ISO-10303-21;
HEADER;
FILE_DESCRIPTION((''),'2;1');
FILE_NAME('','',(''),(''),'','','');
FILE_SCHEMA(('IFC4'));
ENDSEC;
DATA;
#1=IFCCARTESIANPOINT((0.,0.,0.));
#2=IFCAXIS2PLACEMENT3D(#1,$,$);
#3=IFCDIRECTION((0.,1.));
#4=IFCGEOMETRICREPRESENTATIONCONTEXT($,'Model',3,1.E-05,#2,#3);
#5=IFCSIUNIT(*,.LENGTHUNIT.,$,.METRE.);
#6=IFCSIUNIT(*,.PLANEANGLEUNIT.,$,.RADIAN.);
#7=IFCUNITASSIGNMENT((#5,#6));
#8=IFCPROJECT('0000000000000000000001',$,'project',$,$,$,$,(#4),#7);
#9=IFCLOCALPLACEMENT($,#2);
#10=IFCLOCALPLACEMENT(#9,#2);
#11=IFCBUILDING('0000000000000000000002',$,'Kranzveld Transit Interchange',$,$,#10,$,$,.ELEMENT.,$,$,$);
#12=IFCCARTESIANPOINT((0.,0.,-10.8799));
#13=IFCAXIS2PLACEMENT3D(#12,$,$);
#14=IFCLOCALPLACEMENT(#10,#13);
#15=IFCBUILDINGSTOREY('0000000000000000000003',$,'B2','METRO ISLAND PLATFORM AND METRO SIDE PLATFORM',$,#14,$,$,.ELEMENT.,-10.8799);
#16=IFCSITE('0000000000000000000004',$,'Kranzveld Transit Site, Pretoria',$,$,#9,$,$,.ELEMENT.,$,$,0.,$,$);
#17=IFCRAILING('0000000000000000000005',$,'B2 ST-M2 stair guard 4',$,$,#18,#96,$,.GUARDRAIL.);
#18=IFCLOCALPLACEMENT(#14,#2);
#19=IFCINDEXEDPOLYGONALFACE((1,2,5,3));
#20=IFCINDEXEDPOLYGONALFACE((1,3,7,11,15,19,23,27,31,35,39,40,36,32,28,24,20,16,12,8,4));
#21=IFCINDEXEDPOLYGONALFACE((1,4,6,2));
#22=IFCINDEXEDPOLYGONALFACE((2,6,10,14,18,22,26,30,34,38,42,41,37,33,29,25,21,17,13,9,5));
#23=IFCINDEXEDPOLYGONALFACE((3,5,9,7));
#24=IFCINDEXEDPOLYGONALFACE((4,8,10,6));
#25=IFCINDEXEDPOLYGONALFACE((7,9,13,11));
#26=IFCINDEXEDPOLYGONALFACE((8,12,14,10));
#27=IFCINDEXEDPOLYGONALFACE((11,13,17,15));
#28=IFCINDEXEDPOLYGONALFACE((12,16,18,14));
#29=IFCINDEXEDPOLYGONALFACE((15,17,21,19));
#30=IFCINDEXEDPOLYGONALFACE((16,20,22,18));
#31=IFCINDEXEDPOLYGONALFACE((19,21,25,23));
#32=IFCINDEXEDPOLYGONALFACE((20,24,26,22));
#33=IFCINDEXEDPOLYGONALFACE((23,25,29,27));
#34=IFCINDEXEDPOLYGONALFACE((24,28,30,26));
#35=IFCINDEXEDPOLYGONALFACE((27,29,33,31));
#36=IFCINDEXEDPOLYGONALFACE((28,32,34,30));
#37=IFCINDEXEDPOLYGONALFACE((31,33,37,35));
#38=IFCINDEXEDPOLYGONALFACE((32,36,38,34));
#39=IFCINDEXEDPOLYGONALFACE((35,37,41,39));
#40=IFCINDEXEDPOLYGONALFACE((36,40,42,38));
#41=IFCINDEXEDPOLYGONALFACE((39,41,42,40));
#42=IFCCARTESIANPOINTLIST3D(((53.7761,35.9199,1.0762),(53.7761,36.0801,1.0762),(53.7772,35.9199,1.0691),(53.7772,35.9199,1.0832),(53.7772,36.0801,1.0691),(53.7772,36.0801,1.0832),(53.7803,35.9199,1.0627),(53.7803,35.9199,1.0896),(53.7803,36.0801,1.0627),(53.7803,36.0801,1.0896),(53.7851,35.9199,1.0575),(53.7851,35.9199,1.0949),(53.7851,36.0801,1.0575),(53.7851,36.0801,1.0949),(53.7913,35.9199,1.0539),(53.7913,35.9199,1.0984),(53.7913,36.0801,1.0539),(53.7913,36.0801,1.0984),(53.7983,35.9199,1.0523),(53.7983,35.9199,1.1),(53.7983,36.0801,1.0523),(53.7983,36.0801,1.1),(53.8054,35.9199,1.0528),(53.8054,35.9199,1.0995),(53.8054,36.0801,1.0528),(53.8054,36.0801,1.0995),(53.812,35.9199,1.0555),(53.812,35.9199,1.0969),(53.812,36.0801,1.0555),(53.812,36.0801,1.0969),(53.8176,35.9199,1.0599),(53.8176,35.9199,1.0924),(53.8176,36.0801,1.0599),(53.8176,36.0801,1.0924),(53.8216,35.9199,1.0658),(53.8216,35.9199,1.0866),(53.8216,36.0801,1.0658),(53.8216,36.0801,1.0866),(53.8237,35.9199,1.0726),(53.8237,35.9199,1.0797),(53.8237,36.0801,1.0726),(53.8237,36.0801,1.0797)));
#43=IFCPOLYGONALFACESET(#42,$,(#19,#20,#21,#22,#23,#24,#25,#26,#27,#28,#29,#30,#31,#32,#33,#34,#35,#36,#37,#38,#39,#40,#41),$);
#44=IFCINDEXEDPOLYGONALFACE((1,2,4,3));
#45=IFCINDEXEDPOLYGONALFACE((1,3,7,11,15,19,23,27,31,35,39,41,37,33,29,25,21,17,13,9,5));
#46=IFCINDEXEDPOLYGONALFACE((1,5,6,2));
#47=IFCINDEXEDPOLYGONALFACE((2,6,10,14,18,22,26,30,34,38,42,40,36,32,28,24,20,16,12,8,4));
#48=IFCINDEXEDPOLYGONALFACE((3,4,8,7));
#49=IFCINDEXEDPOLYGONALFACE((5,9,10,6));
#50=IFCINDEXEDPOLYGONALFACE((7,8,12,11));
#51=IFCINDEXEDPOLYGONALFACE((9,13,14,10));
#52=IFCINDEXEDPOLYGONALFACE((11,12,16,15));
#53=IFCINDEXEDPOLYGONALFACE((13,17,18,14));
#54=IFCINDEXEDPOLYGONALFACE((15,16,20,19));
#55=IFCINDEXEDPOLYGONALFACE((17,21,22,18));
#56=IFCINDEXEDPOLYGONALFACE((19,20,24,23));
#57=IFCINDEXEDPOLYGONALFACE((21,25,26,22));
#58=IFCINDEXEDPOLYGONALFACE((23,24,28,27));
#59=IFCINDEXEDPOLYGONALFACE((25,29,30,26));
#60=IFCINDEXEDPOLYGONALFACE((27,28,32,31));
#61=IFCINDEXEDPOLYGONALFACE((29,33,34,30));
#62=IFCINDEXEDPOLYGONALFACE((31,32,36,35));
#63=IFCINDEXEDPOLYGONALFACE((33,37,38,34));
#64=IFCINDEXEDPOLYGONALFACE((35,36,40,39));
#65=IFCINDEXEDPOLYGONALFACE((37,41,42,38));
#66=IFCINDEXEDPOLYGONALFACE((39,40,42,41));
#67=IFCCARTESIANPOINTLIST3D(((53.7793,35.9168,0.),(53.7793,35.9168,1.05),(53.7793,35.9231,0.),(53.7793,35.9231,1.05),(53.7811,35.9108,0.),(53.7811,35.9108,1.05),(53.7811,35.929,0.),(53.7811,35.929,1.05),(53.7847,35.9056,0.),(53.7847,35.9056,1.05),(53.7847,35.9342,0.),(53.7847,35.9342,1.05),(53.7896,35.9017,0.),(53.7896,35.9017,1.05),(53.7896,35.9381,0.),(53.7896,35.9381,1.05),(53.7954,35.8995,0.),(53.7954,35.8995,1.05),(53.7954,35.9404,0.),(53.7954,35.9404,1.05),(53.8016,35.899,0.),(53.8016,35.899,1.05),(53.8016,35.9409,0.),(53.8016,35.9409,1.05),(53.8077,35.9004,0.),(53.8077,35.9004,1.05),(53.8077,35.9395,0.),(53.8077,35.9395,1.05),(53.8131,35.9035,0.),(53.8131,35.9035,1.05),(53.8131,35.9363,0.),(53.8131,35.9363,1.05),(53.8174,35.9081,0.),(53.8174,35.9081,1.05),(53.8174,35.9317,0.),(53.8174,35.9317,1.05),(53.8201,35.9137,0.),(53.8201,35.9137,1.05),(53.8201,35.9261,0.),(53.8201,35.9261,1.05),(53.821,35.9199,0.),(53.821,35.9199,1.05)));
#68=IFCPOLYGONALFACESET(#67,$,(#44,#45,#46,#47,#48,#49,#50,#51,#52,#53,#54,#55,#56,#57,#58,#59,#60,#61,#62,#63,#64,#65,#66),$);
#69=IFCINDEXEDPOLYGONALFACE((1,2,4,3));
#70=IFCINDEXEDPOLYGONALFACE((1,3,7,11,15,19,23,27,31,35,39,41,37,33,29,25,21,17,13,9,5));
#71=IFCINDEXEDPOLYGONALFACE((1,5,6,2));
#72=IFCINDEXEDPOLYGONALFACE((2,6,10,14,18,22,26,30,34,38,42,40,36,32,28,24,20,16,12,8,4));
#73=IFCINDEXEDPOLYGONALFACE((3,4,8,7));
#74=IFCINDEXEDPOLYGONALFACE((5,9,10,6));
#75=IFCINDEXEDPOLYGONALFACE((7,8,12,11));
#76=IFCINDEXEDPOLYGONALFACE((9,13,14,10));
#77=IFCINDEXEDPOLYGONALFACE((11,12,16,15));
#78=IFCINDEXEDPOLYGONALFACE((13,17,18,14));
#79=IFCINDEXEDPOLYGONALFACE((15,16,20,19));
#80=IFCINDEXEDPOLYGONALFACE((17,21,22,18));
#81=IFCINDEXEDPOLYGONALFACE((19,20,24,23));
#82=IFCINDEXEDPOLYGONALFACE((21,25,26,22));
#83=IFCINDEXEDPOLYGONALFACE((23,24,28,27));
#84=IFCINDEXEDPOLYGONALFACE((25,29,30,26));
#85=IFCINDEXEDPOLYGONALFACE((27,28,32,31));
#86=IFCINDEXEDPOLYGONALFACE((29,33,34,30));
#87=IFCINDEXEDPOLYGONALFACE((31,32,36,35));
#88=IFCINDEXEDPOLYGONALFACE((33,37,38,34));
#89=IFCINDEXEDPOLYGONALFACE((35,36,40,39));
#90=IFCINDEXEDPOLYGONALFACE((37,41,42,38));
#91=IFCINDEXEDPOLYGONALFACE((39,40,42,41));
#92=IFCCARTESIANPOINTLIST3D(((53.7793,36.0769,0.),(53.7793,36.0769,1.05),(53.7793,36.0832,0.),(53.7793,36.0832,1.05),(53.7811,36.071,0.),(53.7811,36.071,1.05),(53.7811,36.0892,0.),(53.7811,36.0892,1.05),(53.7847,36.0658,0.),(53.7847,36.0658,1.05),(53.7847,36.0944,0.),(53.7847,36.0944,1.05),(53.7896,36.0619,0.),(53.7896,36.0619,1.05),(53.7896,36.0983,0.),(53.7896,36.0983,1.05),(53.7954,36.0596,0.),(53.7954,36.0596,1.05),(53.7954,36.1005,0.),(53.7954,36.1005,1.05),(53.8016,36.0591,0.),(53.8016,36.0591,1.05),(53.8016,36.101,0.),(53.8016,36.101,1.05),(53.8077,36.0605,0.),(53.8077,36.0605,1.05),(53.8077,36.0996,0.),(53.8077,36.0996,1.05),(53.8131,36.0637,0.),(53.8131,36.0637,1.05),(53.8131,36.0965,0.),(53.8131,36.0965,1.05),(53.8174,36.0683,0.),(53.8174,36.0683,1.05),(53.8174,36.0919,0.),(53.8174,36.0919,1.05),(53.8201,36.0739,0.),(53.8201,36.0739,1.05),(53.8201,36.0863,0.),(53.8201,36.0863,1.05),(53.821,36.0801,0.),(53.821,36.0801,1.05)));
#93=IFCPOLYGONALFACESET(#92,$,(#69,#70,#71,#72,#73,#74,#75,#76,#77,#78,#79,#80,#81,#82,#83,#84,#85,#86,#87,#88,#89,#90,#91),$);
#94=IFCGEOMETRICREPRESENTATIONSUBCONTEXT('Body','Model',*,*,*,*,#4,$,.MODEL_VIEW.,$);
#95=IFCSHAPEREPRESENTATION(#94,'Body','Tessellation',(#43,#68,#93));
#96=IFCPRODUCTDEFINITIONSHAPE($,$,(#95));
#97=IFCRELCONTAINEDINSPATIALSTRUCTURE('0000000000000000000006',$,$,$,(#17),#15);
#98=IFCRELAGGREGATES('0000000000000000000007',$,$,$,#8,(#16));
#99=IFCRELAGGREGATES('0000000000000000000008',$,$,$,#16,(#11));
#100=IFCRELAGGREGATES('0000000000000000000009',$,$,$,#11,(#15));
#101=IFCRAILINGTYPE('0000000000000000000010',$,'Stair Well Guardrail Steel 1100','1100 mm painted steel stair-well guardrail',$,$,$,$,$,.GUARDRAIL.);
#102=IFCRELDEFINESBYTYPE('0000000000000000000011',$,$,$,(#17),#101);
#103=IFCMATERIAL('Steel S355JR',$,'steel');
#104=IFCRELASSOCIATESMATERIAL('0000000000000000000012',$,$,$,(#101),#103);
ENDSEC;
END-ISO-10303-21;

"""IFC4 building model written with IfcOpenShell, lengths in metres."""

from ifc_helpers import new_model, si_unit, direction, frame, origin, origin_2d, place, context, subcontext, project, spatial, circle, extrude, material, type_object, element, save


model = new_model("IFC4")

# Units and contexts
model_context = context("Model", 3, precision=1e-05, world=origin(), true_north=direction((0.0, 1.0)))
body_context = subcontext(model_context, "Body", "Model", "MODEL_VIEW")
ifc_project = project(units=[si_unit("LENGTHUNIT", "METRE"), si_unit("PLANEANGLEUNIT", "RADIAN")], contexts=[model_context])

# Site, building, storey
site_placement = place(None, origin())
site = spatial("IfcSite", under=ifc_project, at=site_placement, Name="Kranzveld Transit Site, Pretoria", CompositionType="ELEMENT", RefElevation=0.0)
building_placement = place(site_placement, origin())
building = spatial("IfcBuilding", under=site, at=building_placement, Name="Kranzveld Transit Interchange", CompositionType="ELEMENT")
storey_placement = place(building_placement, frame((0.0, 0.0, -10.8799)))
storey = spatial("IfcBuildingStorey", under=building, at=storey_placement, Name="B2", Description="METRO ISLAND PLATFORM AND METRO SIDE PLATFORM", CompositionType="ELEMENT", Elevation=-10.8799)

# Railing
ifc_material_1 = material(Name="Steel S355JR", Category="steel")
railing_type_1 = type_object("IfcRailingType", Name="Stair Well Guardrail Steel 1100", Description="1100 mm painted steel stair-well guardrail", PredefinedType="GUARDRAIL", material=ifc_material_1)
railing_1_placement = place(storey_placement, frame((53.8, 35.9199, 0.0)))
element("IfcRailing", 1, at=railing_1_placement, inside=storey, type_object=railing_type_1, Name="B2 ST-M2 stair guard 4", PredefinedType="GUARDRAIL", context=body_context, shape_type="SweptSolid", body=[
    extrude(circle(Radius=0.0239, at=origin_2d()), frame((0.0, 0.0, 1.0762), z_axis=(0.0, 1.0, 0.0), x_axis=(-1.0, 0.0, 0.0)), (0.0, 0.0, 1.0), 0.1602),
    extrude(circle(Radius=0.021, at=origin_2d()), origin(), (0.0, 0.0, 1.0), 1.05),
    extrude(circle(Radius=0.021, at=origin_2d()), frame((0.0, 0.1602, 0.0)), (0.0, 0.0, 1.0), 1.05),
])

save(model, "model.ifc")
